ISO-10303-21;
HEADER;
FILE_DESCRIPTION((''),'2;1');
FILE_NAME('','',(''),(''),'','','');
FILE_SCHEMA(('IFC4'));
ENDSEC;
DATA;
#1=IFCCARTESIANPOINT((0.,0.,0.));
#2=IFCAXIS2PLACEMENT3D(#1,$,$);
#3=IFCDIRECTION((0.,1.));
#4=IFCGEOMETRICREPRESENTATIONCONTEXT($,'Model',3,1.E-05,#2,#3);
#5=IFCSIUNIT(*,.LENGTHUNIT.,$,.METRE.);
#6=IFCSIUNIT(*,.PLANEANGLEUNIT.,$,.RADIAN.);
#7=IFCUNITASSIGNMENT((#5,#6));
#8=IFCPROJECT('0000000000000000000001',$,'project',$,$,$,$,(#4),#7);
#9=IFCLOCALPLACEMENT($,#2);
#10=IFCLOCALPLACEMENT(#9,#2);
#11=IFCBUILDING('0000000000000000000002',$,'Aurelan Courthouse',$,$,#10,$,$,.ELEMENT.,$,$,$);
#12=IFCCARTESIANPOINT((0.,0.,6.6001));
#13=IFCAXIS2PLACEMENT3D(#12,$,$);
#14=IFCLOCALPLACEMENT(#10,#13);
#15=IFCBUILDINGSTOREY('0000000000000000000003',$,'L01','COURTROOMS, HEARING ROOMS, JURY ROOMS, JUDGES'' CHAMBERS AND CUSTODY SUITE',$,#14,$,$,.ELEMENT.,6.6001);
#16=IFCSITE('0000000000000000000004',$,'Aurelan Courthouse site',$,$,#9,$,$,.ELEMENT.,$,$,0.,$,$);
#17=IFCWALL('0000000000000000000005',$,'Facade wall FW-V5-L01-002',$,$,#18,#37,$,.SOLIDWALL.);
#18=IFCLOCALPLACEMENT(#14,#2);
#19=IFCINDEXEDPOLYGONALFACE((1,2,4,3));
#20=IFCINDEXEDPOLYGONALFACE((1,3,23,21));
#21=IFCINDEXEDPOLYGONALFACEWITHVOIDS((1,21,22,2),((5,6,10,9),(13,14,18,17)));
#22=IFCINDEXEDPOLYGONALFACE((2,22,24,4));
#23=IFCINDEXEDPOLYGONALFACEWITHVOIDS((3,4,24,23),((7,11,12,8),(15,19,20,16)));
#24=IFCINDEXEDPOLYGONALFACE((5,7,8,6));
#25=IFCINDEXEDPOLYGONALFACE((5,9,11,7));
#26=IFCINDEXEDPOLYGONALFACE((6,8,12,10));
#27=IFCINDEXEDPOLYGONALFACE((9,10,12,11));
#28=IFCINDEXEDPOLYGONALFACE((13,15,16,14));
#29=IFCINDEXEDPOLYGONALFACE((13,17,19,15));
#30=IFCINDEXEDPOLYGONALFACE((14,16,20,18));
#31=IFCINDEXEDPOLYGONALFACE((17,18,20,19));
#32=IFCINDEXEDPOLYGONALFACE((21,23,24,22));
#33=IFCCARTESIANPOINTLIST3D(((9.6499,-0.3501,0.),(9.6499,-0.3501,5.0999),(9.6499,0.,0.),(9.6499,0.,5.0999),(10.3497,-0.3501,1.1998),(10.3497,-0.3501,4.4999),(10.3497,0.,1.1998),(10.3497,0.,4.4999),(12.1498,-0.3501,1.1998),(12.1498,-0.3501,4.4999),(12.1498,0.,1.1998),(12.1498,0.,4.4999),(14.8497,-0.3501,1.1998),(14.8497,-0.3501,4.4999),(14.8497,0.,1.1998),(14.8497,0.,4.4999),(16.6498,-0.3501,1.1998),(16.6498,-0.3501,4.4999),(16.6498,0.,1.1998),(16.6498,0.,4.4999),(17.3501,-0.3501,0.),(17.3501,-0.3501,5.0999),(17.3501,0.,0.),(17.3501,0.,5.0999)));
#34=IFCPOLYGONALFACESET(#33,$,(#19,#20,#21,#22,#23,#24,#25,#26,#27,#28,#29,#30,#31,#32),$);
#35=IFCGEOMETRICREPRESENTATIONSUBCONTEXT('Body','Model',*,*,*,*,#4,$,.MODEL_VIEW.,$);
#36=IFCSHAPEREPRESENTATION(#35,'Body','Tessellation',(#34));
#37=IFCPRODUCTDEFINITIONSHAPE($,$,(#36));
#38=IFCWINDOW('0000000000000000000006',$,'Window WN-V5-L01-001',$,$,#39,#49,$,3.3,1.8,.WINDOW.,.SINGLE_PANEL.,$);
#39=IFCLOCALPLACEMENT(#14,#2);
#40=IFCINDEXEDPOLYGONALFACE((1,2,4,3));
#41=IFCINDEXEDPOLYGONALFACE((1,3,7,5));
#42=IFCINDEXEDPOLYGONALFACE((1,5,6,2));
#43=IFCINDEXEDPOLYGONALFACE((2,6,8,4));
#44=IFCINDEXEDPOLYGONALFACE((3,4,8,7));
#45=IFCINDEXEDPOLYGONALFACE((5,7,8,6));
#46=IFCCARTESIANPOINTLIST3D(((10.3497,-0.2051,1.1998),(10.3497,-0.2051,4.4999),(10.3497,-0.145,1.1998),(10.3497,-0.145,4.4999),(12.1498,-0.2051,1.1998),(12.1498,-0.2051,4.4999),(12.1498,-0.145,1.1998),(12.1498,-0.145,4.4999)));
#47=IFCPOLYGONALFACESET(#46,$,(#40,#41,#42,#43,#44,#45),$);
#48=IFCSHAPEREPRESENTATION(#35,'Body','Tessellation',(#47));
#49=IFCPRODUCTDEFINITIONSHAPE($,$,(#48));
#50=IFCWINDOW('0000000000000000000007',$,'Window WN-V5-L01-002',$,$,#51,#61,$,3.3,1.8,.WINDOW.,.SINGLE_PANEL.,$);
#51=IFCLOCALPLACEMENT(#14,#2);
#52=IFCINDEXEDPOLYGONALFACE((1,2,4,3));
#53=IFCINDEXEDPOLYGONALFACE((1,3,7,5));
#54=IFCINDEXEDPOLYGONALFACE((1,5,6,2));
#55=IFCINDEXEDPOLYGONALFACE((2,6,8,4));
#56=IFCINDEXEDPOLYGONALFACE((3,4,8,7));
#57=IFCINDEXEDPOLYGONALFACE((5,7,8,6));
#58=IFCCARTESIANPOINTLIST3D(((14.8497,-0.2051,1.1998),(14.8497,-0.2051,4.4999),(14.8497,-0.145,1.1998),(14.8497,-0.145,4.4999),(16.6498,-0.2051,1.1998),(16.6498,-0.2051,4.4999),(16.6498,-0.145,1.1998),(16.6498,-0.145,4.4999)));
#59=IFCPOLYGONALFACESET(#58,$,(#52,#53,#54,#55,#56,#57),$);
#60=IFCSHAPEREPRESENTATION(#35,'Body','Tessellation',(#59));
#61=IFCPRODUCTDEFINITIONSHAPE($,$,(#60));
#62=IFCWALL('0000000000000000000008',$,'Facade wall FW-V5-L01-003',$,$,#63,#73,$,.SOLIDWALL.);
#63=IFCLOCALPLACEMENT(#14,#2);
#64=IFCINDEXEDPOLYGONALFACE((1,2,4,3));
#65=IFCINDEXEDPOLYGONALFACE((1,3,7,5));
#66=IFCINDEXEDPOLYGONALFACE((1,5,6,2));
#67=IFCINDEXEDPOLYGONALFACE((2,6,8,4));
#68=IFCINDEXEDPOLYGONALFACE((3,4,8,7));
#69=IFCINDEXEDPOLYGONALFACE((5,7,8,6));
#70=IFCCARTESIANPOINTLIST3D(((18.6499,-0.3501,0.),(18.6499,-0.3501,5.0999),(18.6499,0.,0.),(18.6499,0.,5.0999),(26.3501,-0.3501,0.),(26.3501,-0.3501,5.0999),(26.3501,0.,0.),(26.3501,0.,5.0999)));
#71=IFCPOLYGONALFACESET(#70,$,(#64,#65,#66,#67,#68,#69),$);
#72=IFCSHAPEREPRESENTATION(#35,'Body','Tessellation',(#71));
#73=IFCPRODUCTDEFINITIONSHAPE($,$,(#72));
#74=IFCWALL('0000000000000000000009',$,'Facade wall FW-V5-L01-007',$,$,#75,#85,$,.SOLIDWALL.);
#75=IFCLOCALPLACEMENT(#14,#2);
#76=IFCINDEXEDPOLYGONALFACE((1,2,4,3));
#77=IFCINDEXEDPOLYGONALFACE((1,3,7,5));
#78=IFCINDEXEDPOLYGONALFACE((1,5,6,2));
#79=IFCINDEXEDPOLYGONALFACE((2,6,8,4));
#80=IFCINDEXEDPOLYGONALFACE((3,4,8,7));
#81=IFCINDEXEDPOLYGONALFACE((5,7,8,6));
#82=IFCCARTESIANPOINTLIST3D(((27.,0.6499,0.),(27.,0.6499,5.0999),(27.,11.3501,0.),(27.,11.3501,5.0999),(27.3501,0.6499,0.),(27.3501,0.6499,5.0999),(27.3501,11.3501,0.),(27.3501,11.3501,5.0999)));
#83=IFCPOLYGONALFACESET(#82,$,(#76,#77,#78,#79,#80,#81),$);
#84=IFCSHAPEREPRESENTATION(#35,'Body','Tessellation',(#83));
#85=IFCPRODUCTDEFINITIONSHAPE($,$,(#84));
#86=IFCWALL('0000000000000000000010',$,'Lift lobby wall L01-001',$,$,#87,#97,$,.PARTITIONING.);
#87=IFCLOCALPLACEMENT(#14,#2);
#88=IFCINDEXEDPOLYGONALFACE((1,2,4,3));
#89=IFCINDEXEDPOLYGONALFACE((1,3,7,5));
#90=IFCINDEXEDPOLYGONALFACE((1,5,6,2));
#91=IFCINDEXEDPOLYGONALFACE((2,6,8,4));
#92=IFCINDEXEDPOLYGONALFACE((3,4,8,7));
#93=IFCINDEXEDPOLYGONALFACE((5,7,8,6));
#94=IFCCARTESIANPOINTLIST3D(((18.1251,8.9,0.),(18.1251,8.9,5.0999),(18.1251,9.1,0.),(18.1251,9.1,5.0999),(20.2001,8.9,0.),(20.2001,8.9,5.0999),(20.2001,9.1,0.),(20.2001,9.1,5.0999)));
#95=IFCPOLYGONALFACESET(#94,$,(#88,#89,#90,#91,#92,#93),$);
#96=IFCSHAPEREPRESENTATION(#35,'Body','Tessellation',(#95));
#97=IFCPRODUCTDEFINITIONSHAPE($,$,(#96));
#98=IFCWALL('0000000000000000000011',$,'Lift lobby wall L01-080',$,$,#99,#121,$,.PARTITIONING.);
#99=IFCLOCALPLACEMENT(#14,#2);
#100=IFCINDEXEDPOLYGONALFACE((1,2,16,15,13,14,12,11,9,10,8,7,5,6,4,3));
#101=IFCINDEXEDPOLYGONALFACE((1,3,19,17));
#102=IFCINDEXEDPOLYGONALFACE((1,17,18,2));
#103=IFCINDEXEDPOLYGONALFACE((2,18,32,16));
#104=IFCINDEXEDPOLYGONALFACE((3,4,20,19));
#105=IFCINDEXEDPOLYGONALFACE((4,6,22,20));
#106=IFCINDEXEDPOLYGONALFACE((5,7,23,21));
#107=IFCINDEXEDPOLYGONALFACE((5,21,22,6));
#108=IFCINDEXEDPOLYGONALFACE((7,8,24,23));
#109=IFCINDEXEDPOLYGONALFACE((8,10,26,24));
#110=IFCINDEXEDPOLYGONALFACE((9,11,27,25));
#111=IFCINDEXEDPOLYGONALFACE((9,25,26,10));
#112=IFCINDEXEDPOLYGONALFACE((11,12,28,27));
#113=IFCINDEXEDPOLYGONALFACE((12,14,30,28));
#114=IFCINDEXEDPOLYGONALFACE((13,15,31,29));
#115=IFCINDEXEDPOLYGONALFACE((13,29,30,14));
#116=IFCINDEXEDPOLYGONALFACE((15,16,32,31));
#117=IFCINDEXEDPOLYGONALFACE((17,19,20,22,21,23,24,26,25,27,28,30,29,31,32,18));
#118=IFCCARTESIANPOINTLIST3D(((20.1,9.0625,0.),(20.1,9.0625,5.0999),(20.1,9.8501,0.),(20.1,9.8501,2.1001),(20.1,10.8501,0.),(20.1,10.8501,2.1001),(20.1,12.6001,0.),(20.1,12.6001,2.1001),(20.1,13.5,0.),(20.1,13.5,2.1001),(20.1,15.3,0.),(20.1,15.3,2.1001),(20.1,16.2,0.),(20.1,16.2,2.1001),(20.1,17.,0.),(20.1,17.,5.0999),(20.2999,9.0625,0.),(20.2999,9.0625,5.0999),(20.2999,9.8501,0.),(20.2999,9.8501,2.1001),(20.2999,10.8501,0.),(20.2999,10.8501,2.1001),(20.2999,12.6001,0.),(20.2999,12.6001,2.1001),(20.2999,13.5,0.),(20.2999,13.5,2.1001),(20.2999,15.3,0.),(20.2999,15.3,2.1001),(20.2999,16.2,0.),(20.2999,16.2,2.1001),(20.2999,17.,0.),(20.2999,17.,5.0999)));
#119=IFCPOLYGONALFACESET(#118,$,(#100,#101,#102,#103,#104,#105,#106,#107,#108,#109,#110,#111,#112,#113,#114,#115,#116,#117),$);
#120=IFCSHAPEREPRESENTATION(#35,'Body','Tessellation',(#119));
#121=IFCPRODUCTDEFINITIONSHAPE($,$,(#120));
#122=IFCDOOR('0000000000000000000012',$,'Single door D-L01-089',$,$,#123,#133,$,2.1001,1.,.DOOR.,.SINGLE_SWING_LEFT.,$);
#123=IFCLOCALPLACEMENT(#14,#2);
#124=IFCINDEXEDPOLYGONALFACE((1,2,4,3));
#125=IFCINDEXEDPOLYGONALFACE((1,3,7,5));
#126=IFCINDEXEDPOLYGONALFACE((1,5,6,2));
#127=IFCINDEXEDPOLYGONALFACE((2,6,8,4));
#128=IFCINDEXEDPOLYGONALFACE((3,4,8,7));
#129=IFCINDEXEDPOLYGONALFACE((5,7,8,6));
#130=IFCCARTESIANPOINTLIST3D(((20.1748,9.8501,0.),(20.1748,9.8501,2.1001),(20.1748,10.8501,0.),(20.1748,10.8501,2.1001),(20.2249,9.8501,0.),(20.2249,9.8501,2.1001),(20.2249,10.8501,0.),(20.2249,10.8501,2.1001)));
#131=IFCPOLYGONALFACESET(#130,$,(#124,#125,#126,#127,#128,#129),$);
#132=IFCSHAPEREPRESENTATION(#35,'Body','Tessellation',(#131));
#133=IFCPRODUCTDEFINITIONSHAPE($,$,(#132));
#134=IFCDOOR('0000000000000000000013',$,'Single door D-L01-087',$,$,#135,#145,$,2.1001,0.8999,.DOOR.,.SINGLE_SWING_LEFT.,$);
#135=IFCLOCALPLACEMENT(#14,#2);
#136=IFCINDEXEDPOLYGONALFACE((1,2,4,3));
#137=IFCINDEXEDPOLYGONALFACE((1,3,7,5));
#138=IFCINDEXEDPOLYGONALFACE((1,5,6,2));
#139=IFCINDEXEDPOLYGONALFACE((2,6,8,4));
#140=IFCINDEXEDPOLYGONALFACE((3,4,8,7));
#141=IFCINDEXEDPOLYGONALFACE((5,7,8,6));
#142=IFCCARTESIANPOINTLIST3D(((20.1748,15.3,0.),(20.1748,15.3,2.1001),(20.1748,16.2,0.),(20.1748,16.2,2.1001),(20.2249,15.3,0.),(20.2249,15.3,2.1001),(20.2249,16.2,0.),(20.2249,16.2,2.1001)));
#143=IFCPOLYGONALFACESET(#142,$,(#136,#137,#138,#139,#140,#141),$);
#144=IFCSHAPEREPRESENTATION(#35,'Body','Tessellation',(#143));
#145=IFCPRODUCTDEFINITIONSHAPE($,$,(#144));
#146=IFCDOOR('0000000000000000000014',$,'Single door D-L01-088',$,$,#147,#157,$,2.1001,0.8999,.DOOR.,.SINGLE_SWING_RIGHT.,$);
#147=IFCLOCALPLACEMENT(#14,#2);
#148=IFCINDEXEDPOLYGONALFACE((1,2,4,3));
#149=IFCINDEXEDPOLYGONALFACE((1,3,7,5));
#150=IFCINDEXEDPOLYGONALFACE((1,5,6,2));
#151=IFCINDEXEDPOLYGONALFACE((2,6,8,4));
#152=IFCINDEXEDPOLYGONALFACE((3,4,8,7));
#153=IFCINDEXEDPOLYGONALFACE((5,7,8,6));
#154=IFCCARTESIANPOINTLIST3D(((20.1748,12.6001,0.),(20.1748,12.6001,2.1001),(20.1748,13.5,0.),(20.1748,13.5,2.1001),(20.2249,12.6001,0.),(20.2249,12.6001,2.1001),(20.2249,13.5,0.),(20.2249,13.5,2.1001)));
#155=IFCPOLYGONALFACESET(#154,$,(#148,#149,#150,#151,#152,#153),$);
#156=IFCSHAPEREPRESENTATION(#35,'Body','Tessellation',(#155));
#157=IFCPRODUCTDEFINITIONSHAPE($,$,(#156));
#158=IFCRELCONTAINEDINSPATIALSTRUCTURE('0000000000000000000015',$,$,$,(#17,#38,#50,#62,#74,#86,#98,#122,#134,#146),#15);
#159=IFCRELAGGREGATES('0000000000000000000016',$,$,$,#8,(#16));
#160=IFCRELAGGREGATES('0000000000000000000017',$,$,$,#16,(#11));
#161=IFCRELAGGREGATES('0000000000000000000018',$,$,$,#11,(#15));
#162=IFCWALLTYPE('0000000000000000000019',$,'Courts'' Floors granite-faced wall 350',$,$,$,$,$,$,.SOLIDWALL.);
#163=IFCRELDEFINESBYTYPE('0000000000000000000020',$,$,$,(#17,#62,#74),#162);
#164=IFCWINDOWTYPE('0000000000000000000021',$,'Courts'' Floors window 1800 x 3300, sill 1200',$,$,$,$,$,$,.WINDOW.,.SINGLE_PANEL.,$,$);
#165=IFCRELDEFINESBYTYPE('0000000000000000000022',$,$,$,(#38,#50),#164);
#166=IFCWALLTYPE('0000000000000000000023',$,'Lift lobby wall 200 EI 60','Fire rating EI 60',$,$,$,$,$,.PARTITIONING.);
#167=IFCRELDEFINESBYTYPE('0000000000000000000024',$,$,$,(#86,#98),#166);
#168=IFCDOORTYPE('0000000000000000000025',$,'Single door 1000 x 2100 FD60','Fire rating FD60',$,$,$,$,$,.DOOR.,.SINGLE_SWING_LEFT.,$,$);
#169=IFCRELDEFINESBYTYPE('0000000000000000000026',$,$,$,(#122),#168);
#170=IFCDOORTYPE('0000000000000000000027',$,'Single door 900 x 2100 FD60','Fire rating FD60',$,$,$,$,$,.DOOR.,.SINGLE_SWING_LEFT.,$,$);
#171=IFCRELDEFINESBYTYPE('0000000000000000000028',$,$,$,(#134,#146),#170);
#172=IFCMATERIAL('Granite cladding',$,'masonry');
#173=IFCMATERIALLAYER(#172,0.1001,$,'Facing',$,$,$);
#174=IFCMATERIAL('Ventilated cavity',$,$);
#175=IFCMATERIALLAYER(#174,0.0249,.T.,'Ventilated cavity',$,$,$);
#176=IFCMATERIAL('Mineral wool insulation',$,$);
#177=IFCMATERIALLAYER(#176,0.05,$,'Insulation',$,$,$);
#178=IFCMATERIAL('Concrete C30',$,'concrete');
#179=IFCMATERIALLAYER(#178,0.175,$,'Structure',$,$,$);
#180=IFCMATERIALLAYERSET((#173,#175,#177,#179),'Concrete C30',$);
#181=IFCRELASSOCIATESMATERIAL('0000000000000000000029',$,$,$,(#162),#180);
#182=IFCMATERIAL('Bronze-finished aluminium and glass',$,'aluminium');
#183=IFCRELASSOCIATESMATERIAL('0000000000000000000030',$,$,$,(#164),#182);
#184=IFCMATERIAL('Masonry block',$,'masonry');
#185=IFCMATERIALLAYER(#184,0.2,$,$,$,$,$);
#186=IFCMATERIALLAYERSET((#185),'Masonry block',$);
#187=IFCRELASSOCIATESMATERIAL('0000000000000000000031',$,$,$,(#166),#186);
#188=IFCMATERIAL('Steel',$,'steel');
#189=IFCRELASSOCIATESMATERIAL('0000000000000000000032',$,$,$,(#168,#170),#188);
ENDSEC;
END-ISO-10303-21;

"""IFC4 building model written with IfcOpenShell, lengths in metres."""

from ifc_helpers import new_model, si_unit, direction, frame, frame_2d, origin, place, context, subcontext, project, spatial, rectangle, extrude, material, layer, layer_set, type_object, element, fill, save


model = new_model("IFC4")

# Units and contexts
model_context = context("Model", 3, precision=1e-05, world=origin(), true_north=direction((0.0, 1.0)))
body_context = subcontext(model_context, "Body", "Model", "MODEL_VIEW")
ifc_project = project(units=[si_unit("LENGTHUNIT", "METRE"), si_unit("PLANEANGLEUNIT", "RADIAN")], contexts=[model_context])

# Site, building, storey
site_placement = place(None, origin())
site = spatial("IfcSite", under=ifc_project, at=site_placement, Name="Aurelan Courthouse site", CompositionType="ELEMENT", RefElevation=0.0)
building_placement = place(site_placement, origin())
building = spatial("IfcBuilding", under=site, at=building_placement, Name="Aurelan Courthouse", CompositionType="ELEMENT")
storey_placement = place(building_placement, frame((0.0, 0.0, 6.6001)))
storey = spatial("IfcBuildingStorey", under=building, at=storey_placement, Name="L01", Description="COURTROOMS, HEARING ROOMS, JURY ROOMS, JUDGES' CHAMBERS AND CUSTODY SUITE", CompositionType="ELEMENT", Elevation=6.6001)

# Shared definitions
ifc_material_1 = material(Name="Masonry block", Category="masonry")
ifc_material_2 = material(Name="Steel", Category="steel")

# Wall, openings, windows
ifc_material_3 = material(Name="Granite cladding", Category="masonry")
ifc_layer_1 = layer(ifc_material_3, 0.1001, Name="Facing")
ifc_material_4 = material(Name="Ventilated cavity")
ifc_layer_2 = layer(ifc_material_4, 0.0249, ventilated=True, Name="Ventilated cavity")
ifc_material_5 = material(Name="Mineral wool insulation")
ifc_layer_3 = layer(ifc_material_5, 0.05, Name="Insulation")
ifc_material_6 = material(Name="Concrete C30", Category="concrete")
ifc_layer_4 = layer(ifc_material_6, 0.175, Name="Structure")
ifc_layer_set_1 = layer_set([ifc_layer_1, ifc_layer_2, ifc_layer_3, ifc_layer_4], Name="Concrete C30")
wall_type_1 = type_object("IfcWallType", Name="Courts' Floors granite-faced wall 350", PredefinedType="SOLIDWALL", material=ifc_layer_set_1)
wall_1_placement = place(storey_placement, frame((9.6499, -0.175, 0.0), z_axis=(0.0, 0.0, 1.0), x_axis=(1.0, 0.0, 0.0)))
wall_1 = element("IfcWall", 1, at=wall_1_placement, inside=storey, type_object=wall_type_1, Name="Facade wall FW-V5-L01-002", PredefinedType="SOLIDWALL", context=body_context, shape_type="SweptSolid", body=[
    extrude(rectangle(XDim=7.7002, YDim=0.3501, at=frame_2d((3.8501, 0.0))), origin(), (0.0, 0.0, 1.0), 5.0999),
])
opening_1_placement = place(wall_1_placement, frame((0.7, 0.0, 1.2)))
opening_1 = element("IfcOpeningElement", 2, at=opening_1_placement, cuts=wall_1, PredefinedType="OPENING", context=body_context, shape_type="SweptSolid", body=[
    extrude(rectangle(XDim=1.8, YDim=3.3, at=frame_2d((0.8999, 1.6499))), frame((0.0, 0.1851, 0.0), z_axis=(0.0, -1.0, 0.0), x_axis=(1.0, 0.0, 0.0)), (0.0, 0.0, 1.0), 0.3701),
])
opening_2_placement = place(wall_1_placement, frame((5.2, 0.0, 1.2)))
opening_2 = element("IfcOpeningElement", 3, at=opening_2_placement, cuts=wall_1, PredefinedType="OPENING", context=body_context, shape_type="SweptSolid", body=[
    extrude(rectangle(XDim=1.8, YDim=3.3, at=frame_2d((0.8999, 1.6499))), frame((0.0, 0.1851, 0.0), z_axis=(0.0, -1.0, 0.0), x_axis=(1.0, 0.0, 0.0)), (0.0, 0.0, 1.0), 0.3701),
])
ifc_material_7 = material(Name="Bronze-finished aluminium and glass", Category="aluminium")
window_type = type_object("IfcWindowType", Name="Courts' Floors window 1800 x 3300, sill 1200", PartitioningType="SINGLE_PANEL", PredefinedType="WINDOW", material=ifc_material_7)
window_1_placement = place(opening_1_placement, origin())
window_1 = element("IfcWindow", 4, at=window_1_placement, inside=storey, type_object=window_type, Name="Window WN-V5-L01-001", OverallHeight=3.3, OverallWidth=1.8, PartitioningType="SINGLE_PANEL", PredefinedType="WINDOW", context=body_context, shape_type="SweptSolid", body=[
    extrude(rectangle(XDim=1.8, YDim=3.3, at=frame_2d((0.8999, 1.6499))), frame((0.0, 0.03, 0.0), z_axis=(0.0, -1.0, 0.0), x_axis=(1.0, 0.0, 0.0)), (0.0, 0.0, 1.0), 0.0601),
])
fill(opening_1, window_1)
window_2_placement = place(opening_2_placement, origin())
window_2 = element("IfcWindow", 5, at=window_2_placement, inside=storey, type_object=window_type, Name="Window WN-V5-L01-002", OverallHeight=3.3, OverallWidth=1.8, PartitioningType="SINGLE_PANEL", PredefinedType="WINDOW", context=body_context, shape_type="SweptSolid", body=[
    extrude(rectangle(XDim=1.8, YDim=3.3, at=frame_2d((0.8999, 1.6499))), frame((0.0, 0.03, 0.0), z_axis=(0.0, -1.0, 0.0), x_axis=(1.0, 0.0, 0.0)), (0.0, 0.0, 1.0), 0.0601),
])
fill(opening_2, window_2)

# Walls
wall_2_placement = place(storey_placement, frame((18.6499, -0.175, 0.0), z_axis=(0.0, 0.0, 1.0), x_axis=(1.0, 0.0, 0.0)))
element("IfcWall", 6, at=wall_2_placement, inside=storey, type_object=wall_type_1, Name="Facade wall FW-V5-L01-003", PredefinedType="SOLIDWALL", context=body_context, shape_type="SweptSolid", body=[
    extrude(rectangle(XDim=7.7002, YDim=0.3501, at=frame_2d((3.8501, 0.0))), origin(), (0.0, 0.0, 1.0), 5.0999),
])
wall_3_placement = place(storey_placement, frame((27.175, 0.6499, 0.0), z_axis=(0.0, 0.0, 1.0), x_axis=(0.0, 1.0, 0.0)))
element("IfcWall", 7, at=wall_3_placement, inside=storey, type_object=wall_type_1, Name="Facade wall FW-V5-L01-007", PredefinedType="SOLIDWALL", context=body_context, shape_type="SweptSolid", body=[
    extrude(rectangle(XDim=10.7002, YDim=0.3501, at=frame_2d((5.3501, 0.0))), origin(), (0.0, 0.0, 1.0), 5.0999),
])
ifc_layer_5 = layer(ifc_material_1, 0.2)
ifc_layer_set_2 = layer_set([ifc_layer_5], Name="Masonry block")
wall_type_2 = type_object("IfcWallType", Name="Lift lobby wall 200 EI 60", Description="Fire rating EI 60", PredefinedType="PARTITIONING", material=ifc_layer_set_2)
wall_4_placement = place(storey_placement, frame((18.125, 9.0, 0.0), z_axis=(0.0, 0.0, 1.0), x_axis=(1.0, 0.0, 0.0)))
element("IfcWall", 8, at=wall_4_placement, inside=storey, type_object=wall_type_2, Name="Lift lobby wall L01-001", PredefinedType="PARTITIONING", context=body_context, shape_type="SweptSolid", body=[
    extrude(rectangle(XDim=2.075, YDim=0.2, at=frame_2d((1.0376, 0.0))), origin(), (0.0, 0.0, 1.0), 5.0999),
])

# Wall, openings, doors
wall_5_placement = place(storey_placement, frame((20.2, 9.0625, 0.0), z_axis=(0.0, 0.0, 1.0), x_axis=(0.0, 1.0, 0.0)))
wall_5 = element("IfcWall", 9, at=wall_5_placement, inside=storey, type_object=wall_type_2, Name="Lift lobby wall L01-080", PredefinedType="PARTITIONING", context=body_context, shape_type="SweptSolid", body=[
    extrude(rectangle(XDim=7.9375, YDim=0.2, at=frame_2d((3.9688, 0.0))), origin(), (0.0, 0.0, 1.0), 5.0999),
])
opening_3_placement = place(wall_5_placement, frame((7.1375, 0.0, 0.0), z_axis=(0.0, 0.0, 1.0), x_axis=(-1.0, 0.0, 0.0)))
opening_3 = element("IfcOpeningElement", 10, at=opening_3_placement, cuts=wall_5, PredefinedType="OPENING", context=body_context, shape_type="SweptSolid", body=[
    extrude(rectangle(XDim=0.8999, YDim=2.1001, at=frame_2d((0.45, 1.05))), frame((0.0, 0.1099, 0.0), z_axis=(0.0, -1.0, 0.0), x_axis=(1.0, 0.0, 0.0)), (0.0, 0.0, 1.0), 0.22),
])
opening_4_placement = place(wall_5_placement, frame((4.4375, 0.0, 0.0), z_axis=(0.0, 0.0, 1.0), x_axis=(-1.0, 0.0, 0.0)))
opening_4 = element("IfcOpeningElement", 11, at=opening_4_placement, cuts=wall_5, PredefinedType="OPENING", context=body_context, shape_type="SweptSolid", body=[
    extrude(rectangle(XDim=0.8999, YDim=2.1001, at=frame_2d((0.45, 1.05))), frame((0.0, 0.1099, 0.0), z_axis=(0.0, -1.0, 0.0), x_axis=(1.0, 0.0, 0.0)), (0.0, 0.0, 1.0), 0.22),
])
opening_5_placement = place(wall_5_placement, frame((1.7876, 0.0, 0.0), z_axis=(0.0, 0.0, 1.0), x_axis=(-1.0, 0.0, 0.0)))
opening_5 = element("IfcOpeningElement", 12, at=opening_5_placement, cuts=wall_5, PredefinedType="OPENING", context=body_context, shape_type="SweptSolid", body=[
    extrude(rectangle(XDim=1.0, YDim=2.1001, at=frame_2d((0.5, 1.05))), frame((0.0, 0.1099, 0.0), z_axis=(0.0, -1.0, 0.0), x_axis=(1.0, 0.0, 0.0)), (0.0, 0.0, 1.0), 0.22),
])
door_type_1 = type_object("IfcDoorType", Name="Single door 1000 x 2100 FD60", Description="Fire rating FD60", OperationType="SINGLE_SWING_LEFT", PredefinedType="DOOR", material=ifc_material_2)
door_1_placement = place(opening_5_placement, origin())
door_1 = element("IfcDoor", 13, at=door_1_placement, inside=storey, type_object=door_type_1, Name="Single door D-L01-089", OperationType="SINGLE_SWING_LEFT", OverallHeight=2.1001, OverallWidth=1.0, PredefinedType="DOOR", context=body_context, shape_type="SweptSolid", body=[
    extrude(rectangle(XDim=1.0, YDim=2.1001, at=frame_2d((0.5, 1.05))), frame((0.0, 0.0249, 0.0), z_axis=(0.0, -1.0, 0.0), x_axis=(1.0, 0.0, 0.0)), (0.0, 0.0, 1.0), 0.05),
])
fill(opening_5, door_1)
door_type_2 = type_object("IfcDoorType", Name="Single door 900 x 2100 FD60", Description="Fire rating FD60", OperationType="SINGLE_SWING_LEFT", PredefinedType="DOOR", material=ifc_material_2)
door_2_placement = place(opening_3_placement, origin())
door_2 = element("IfcDoor", 14, at=door_2_placement, inside=storey, type_object=door_type_2, Name="Single door D-L01-087", OperationType="SINGLE_SWING_LEFT", OverallHeight=2.1001, OverallWidth=0.8999, PredefinedType="DOOR", context=body_context, shape_type="SweptSolid", body=[
    extrude(rectangle(XDim=0.8999, YDim=2.1001, at=frame_2d((0.45, 1.05))), frame((0.0, 0.0249, 0.0), z_axis=(0.0, -1.0, 0.0), x_axis=(1.0, 0.0, 0.0)), (0.0, 0.0, 1.0), 0.05),
])
fill(opening_3, door_2)
door_3_placement = place(opening_4_placement, origin())
door_3 = element("IfcDoor", 15, at=door_3_placement, inside=storey, type_object=door_type_2, Name="Single door D-L01-088", OperationType="SINGLE_SWING_RIGHT", OverallHeight=2.1001, OverallWidth=0.8999, PredefinedType="DOOR", context=body_context, shape_type="SweptSolid", body=[
    extrude(rectangle(XDim=0.8999, YDim=2.1001, at=frame_2d((0.45, 1.05))), frame((0.0, 0.0249, 0.0), z_axis=(0.0, -1.0, 0.0), x_axis=(1.0, 0.0, 0.0)), (0.0, 0.0, 1.0), 0.05),
])
fill(opening_4, door_3)

save(model, "model.ifc")
